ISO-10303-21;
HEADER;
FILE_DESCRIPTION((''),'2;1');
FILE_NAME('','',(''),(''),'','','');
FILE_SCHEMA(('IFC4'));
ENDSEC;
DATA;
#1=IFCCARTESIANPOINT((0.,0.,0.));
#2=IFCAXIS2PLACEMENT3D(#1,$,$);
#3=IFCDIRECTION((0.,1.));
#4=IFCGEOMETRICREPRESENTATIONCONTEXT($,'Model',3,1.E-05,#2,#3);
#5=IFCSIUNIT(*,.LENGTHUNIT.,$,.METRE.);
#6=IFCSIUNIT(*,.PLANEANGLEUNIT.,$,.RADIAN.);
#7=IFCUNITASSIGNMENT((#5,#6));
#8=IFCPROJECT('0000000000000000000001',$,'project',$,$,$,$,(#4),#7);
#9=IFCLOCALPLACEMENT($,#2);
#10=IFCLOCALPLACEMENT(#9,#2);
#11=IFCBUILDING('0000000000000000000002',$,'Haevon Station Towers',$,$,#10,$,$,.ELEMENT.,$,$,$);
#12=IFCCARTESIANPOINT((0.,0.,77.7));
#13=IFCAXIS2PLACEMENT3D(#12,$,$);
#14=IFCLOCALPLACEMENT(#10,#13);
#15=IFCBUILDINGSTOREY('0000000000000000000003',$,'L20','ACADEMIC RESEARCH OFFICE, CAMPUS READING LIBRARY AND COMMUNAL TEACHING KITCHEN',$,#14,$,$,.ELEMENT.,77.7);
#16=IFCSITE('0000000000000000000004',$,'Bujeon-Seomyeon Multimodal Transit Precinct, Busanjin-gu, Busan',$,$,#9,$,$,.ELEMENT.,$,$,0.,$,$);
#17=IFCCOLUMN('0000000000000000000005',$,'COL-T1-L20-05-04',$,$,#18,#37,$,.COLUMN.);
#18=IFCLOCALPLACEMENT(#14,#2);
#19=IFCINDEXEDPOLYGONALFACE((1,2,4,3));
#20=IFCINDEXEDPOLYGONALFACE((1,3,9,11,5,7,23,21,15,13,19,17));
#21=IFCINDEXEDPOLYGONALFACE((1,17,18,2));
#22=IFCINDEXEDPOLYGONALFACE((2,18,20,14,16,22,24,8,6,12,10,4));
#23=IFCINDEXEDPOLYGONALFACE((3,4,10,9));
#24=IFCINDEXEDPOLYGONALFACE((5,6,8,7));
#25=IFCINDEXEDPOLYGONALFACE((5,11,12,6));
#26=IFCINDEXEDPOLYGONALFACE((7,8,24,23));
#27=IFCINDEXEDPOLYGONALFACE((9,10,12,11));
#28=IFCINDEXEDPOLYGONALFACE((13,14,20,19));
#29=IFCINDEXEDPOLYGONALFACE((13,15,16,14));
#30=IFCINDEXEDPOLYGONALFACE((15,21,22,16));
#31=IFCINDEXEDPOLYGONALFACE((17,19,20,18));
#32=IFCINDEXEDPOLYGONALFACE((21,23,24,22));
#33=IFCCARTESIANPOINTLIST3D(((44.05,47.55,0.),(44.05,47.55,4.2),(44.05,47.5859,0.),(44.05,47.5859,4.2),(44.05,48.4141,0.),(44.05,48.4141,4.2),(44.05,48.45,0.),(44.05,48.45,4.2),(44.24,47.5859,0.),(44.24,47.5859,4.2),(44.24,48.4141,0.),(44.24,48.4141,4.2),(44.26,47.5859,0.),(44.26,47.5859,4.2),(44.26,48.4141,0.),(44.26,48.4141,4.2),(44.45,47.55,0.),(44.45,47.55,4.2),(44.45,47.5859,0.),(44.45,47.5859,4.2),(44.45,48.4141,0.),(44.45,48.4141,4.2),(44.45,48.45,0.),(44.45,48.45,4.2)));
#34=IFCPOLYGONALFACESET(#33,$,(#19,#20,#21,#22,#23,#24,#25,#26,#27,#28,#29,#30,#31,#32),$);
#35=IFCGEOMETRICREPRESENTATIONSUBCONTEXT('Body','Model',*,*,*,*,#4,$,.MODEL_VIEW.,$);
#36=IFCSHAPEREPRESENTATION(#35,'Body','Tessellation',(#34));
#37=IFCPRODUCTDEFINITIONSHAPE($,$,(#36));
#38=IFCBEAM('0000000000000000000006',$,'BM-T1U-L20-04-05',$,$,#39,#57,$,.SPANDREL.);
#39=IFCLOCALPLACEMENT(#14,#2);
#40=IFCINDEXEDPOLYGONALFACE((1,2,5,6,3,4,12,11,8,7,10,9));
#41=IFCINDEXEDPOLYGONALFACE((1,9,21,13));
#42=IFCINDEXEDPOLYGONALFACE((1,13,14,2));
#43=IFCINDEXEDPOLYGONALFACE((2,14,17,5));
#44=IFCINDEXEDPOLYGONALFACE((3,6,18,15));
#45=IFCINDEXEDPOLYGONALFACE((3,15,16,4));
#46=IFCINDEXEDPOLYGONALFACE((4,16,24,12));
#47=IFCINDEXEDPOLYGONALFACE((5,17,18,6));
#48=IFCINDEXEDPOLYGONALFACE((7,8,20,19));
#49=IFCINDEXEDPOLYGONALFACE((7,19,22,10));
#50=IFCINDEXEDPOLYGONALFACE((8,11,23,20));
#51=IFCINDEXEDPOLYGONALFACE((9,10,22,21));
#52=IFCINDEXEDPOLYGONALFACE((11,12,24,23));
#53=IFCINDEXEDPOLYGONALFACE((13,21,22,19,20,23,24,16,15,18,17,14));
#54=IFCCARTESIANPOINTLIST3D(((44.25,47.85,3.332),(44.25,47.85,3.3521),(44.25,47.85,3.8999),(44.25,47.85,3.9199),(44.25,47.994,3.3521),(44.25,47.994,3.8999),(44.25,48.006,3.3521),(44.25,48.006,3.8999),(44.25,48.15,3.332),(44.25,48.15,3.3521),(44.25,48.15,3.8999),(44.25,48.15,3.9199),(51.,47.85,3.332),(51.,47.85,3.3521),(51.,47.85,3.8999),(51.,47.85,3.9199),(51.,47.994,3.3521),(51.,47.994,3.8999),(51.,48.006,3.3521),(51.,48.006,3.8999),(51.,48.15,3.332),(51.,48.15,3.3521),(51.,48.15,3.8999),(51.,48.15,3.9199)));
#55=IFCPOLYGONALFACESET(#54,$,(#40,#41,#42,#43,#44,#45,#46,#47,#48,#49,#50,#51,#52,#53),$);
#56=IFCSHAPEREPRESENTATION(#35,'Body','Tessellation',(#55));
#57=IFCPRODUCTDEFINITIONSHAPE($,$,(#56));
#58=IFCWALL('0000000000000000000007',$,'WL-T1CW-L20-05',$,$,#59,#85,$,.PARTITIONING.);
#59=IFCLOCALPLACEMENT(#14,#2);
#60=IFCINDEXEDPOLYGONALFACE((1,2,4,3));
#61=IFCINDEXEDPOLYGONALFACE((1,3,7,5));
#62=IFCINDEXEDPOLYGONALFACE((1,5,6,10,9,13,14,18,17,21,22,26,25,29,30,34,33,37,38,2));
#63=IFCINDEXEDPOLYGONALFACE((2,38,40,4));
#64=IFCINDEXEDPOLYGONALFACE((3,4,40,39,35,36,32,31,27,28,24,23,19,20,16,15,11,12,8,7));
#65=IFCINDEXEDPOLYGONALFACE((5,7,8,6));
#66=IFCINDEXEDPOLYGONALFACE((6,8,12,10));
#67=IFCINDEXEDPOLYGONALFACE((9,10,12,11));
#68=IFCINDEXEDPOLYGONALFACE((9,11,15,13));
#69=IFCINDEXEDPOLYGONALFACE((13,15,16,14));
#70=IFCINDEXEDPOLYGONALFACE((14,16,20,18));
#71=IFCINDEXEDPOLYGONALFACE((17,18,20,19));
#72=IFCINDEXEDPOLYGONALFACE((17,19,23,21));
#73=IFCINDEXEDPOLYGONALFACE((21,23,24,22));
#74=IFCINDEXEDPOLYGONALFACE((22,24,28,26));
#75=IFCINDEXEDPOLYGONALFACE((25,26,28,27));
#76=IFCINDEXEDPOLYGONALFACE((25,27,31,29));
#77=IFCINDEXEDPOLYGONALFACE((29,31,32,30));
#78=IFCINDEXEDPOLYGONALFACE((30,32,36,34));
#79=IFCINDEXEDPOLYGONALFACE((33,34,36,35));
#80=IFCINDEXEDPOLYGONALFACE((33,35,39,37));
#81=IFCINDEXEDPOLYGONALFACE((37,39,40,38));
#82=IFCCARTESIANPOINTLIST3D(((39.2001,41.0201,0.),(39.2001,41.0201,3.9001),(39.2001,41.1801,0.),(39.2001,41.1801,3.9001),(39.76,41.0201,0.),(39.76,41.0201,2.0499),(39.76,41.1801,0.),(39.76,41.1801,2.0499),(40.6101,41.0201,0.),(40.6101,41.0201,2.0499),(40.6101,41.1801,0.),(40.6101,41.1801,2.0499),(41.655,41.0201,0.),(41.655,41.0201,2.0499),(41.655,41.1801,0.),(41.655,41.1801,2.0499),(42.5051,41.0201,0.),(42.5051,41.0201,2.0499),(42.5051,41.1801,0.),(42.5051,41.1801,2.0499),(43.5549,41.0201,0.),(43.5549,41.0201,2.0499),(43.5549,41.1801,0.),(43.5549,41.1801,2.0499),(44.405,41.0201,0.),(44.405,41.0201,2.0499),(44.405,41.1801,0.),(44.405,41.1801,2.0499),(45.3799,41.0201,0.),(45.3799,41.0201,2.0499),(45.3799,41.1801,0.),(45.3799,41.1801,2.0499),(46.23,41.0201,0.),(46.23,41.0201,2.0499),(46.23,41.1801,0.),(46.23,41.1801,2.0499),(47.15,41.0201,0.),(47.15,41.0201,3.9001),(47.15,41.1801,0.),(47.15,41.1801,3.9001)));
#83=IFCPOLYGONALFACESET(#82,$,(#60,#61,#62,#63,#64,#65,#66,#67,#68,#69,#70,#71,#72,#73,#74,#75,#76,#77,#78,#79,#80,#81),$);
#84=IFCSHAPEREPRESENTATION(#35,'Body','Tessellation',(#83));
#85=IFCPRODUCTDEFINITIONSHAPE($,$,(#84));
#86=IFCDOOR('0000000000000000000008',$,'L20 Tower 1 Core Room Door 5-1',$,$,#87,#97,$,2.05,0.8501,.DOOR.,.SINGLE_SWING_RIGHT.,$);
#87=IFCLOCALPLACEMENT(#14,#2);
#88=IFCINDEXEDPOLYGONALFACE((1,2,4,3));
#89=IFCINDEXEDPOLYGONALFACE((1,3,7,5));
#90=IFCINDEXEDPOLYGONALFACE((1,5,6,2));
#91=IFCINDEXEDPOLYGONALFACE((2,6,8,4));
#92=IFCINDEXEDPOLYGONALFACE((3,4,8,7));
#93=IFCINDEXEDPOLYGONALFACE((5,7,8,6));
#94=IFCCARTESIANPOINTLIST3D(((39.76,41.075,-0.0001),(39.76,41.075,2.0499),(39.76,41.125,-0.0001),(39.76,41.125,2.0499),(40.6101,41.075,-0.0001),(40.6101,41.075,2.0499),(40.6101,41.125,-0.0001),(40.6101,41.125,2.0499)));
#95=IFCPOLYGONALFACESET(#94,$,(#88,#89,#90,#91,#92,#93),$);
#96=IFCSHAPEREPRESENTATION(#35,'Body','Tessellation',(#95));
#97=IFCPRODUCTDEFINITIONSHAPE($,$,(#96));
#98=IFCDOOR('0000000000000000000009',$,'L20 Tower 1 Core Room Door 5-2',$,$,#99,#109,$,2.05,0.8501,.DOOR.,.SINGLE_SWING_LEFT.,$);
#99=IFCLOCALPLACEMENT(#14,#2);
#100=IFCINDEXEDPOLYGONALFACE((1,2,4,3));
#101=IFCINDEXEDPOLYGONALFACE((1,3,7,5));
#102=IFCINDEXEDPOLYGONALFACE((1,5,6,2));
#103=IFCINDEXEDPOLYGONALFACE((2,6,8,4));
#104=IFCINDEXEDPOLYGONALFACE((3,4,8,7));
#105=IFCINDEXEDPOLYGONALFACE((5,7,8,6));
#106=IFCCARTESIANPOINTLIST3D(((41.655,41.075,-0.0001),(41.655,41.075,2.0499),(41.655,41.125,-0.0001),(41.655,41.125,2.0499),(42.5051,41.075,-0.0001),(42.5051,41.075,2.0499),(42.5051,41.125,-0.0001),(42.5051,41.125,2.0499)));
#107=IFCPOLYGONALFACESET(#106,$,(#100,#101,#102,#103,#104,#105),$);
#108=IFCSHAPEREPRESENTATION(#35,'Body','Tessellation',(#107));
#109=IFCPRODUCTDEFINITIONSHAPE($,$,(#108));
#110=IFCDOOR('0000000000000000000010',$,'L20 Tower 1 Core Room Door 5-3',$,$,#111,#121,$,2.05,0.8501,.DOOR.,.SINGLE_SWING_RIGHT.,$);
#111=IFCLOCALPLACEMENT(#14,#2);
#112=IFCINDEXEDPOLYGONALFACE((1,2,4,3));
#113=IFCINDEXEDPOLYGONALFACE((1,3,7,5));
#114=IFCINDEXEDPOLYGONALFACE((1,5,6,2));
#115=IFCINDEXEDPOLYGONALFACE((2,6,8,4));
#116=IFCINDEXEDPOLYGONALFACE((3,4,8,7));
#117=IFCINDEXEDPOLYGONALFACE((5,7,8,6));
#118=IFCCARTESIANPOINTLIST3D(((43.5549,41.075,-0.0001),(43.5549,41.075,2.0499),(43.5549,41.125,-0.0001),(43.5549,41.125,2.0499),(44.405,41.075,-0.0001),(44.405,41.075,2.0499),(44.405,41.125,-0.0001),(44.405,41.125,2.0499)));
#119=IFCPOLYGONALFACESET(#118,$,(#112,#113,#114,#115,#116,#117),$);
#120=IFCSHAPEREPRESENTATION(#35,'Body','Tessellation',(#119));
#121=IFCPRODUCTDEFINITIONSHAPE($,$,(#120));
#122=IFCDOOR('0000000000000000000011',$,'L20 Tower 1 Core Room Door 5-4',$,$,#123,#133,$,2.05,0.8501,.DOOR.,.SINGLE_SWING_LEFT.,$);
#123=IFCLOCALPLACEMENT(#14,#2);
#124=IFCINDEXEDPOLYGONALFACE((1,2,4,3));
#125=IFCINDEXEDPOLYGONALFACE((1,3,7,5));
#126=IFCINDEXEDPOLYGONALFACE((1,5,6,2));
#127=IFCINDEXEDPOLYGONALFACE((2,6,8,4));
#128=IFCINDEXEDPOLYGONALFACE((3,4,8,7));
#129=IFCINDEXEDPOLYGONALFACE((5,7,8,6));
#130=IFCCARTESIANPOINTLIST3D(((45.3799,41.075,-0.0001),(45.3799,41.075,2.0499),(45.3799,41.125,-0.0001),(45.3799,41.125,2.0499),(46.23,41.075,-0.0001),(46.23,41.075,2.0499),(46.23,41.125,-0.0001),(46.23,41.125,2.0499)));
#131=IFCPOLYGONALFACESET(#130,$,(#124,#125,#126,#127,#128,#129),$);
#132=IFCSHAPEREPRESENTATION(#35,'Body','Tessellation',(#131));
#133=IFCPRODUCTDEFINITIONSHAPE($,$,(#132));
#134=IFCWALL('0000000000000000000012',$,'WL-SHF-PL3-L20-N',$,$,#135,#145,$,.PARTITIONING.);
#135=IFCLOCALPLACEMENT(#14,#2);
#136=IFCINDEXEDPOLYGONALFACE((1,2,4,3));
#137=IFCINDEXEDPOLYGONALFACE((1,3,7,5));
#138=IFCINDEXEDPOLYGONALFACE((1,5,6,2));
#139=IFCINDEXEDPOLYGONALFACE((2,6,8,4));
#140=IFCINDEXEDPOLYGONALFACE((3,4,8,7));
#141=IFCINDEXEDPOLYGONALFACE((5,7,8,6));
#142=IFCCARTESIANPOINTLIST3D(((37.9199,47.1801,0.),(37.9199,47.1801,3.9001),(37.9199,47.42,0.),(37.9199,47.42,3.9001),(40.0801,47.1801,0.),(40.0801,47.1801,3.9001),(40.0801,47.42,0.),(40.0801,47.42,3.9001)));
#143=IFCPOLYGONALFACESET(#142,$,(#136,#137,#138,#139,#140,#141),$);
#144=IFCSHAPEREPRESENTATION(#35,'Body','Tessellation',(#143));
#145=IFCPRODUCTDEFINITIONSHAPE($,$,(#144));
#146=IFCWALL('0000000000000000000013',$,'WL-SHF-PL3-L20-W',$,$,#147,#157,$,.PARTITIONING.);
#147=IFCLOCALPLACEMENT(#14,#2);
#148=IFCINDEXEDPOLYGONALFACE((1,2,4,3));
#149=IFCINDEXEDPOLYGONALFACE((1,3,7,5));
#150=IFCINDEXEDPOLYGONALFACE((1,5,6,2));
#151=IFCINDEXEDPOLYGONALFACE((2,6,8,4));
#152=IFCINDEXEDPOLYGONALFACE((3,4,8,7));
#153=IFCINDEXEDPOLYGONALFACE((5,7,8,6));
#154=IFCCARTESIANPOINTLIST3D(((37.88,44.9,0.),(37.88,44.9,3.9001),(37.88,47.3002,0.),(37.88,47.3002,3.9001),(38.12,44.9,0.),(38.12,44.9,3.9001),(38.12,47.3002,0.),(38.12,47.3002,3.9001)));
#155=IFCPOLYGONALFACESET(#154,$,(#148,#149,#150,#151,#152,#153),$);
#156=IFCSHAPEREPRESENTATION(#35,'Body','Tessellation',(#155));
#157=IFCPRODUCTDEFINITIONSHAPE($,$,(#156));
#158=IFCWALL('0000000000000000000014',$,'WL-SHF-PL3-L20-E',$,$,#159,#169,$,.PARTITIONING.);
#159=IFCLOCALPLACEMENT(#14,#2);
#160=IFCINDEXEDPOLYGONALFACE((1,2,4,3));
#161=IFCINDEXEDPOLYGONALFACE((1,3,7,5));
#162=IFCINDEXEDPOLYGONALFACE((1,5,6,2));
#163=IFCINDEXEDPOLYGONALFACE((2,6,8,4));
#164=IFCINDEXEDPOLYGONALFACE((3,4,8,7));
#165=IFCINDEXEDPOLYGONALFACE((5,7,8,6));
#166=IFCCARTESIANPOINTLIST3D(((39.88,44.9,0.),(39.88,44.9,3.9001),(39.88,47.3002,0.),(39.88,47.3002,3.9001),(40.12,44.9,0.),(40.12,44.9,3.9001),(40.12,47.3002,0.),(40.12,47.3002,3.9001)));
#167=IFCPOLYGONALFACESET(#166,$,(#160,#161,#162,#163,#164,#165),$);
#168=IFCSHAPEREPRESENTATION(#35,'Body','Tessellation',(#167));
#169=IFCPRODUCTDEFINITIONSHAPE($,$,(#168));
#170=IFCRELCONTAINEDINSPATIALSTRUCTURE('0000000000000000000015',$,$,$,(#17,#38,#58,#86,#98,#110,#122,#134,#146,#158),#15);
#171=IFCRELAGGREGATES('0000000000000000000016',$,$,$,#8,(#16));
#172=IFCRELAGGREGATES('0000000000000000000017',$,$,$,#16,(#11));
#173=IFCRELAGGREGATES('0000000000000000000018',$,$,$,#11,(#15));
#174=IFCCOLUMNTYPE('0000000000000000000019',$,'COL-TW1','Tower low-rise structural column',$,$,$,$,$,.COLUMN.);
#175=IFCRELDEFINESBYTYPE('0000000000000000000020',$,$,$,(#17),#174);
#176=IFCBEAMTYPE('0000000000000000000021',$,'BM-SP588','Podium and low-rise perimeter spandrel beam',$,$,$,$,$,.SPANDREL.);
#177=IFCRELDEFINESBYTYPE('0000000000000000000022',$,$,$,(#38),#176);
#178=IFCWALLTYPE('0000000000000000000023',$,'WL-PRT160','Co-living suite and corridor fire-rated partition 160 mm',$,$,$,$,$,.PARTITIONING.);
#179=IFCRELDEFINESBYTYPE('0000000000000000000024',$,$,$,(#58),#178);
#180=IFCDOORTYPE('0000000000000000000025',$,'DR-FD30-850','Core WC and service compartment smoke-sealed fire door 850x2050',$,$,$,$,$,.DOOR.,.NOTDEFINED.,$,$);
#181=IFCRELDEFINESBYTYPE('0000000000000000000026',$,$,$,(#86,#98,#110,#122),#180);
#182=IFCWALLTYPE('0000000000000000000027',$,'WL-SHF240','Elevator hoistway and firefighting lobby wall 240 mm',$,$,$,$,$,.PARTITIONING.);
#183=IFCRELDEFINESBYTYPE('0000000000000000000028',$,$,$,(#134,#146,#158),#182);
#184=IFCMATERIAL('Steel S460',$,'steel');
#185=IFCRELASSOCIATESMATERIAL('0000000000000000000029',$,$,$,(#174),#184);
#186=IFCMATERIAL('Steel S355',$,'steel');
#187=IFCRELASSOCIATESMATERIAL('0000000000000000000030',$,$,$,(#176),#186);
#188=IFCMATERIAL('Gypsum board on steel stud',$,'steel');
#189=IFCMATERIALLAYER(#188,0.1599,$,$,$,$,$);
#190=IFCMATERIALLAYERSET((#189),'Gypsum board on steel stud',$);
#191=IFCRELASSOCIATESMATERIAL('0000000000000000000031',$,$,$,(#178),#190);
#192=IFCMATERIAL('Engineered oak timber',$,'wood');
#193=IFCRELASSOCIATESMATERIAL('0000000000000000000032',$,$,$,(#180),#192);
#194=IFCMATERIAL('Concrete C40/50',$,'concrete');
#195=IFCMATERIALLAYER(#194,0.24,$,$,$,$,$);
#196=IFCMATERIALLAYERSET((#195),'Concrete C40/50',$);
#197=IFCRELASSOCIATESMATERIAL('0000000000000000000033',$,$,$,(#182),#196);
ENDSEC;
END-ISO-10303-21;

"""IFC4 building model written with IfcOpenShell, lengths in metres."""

from ifc_helpers import new_model, si_unit, direction, frame, frame_2d, origin, origin_2d, place, context, subcontext, project, spatial, rectangle, i_section, extrude, material, layer, layer_set, material_profile, profile_set, type_object, element, fill, save


model = new_model("IFC4")

# Units and contexts
model_context = context("Model", 3, precision=1e-05, world=origin(), true_north=direction((0.0, 1.0)))
body_context = subcontext(model_context, "Body", "Model", "MODEL_VIEW")
ifc_project = project(units=[si_unit("LENGTHUNIT", "METRE"), si_unit("PLANEANGLEUNIT", "RADIAN")], contexts=[model_context])

# Site, building, storey
site_placement = place(None, origin())
site = spatial("IfcSite", under=ifc_project, at=site_placement, Name="Bujeon-Seomyeon Multimodal Transit Precinct, Busanjin-gu, Busan", CompositionType="ELEMENT", RefElevation=0.0)
building_placement = place(site_placement, origin())
building = spatial("IfcBuilding", under=site, at=building_placement, Name="Haevon Station Towers", CompositionType="ELEMENT")
storey_placement = place(building_placement, frame((0.0, 0.0, 77.7)))
storey = spatial("IfcBuildingStorey", under=building, at=storey_placement, Name="L20", Description="ACADEMIC RESEARCH OFFICE, CAMPUS READING LIBRARY AND COMMUNAL TEACHING KITCHEN", CompositionType="ELEMENT", Elevation=77.7)

# Column
ifc_material_1 = material(Name="Steel S460", Category="steel")
ifc_material_profile_1 = material_profile(ifc_material_1, i_section(OverallWidth=0.3999, OverallDepth=0.8999, WebThickness=0.02, FlangeThickness=0.0359, at=origin_2d()), Name="H-900x400x20x36")
ifc_profile_set_1 = profile_set([ifc_material_profile_1], Name="Steel S460")
column_type = type_object("IfcColumnType", Name="COL-TW1", Description="Tower low-rise structural column", PredefinedType="COLUMN", material=ifc_profile_set_1)
column_placement = place(storey_placement, frame((44.25, 48.0, 0.0), z_axis=(0.0, 0.0, 1.0), x_axis=(1.0, 0.0, 0.0)))
element("IfcColumn", 1, at=column_placement, inside=storey, type_object=column_type, Name="COL-T1-L20-05-04", PredefinedType="COLUMN", context=body_context, shape_type="SweptSolid", body=[
    extrude(i_section(OverallWidth=0.3999, OverallDepth=0.8999, WebThickness=0.02, FlangeThickness=0.0359, at=origin_2d()), origin(), (0.0, 0.0, 1.0), 4.2),
])

# Beam
ifc_material_2 = material(Name="Steel S355", Category="steel")
ifc_material_profile_2 = material_profile(ifc_material_2, i_section(OverallWidth=0.3, OverallDepth=0.5879, WebThickness=0.012, FlangeThickness=0.02, at=origin_2d()), Name="H-588x300x12x20")
ifc_profile_set_2 = profile_set([ifc_material_profile_2], Name="Steel S355")
beam_type = type_object("IfcBeamType", Name="BM-SP588", Description="Podium and low-rise perimeter spandrel beam", PredefinedType="SPANDREL", material=ifc_profile_set_2)
beam_placement = place(storey_placement, frame((44.25, 48.0, 3.626), z_axis=(1.0, 0.0, 0.0), x_axis=(0.0, 1.0, 0.0)))
element("IfcBeam", 2, at=beam_placement, inside=storey, type_object=beam_type, Name="BM-T1U-L20-04-05", PredefinedType="SPANDREL", context=body_context, shape_type="SweptSolid", body=[
    extrude(i_section(OverallWidth=0.3, OverallDepth=0.5879, WebThickness=0.012, FlangeThickness=0.02, at=origin_2d()), origin(), (0.0, 0.0, 1.0), 6.75),
])

# Wall, openings, doors
ifc_material_3 = material(Name="Gypsum board on steel stud", Category="steel")
ifc_layer_1 = layer(ifc_material_3, 0.1599)
ifc_layer_set_1 = layer_set([ifc_layer_1], Name="Gypsum board on steel stud")
wall_type_1 = type_object("IfcWallType", Name="WL-PRT160", Description="Co-living suite and corridor fire-rated partition 160 mm", PredefinedType="PARTITIONING", material=ifc_layer_set_1)
wall_1_placement = place(storey_placement, frame((39.2, 41.1001, 0.0), z_axis=(0.0, 0.0, 1.0), x_axis=(1.0, 0.0, 0.0)))
wall_1 = element("IfcWall", 3, at=wall_1_placement, inside=storey, type_object=wall_type_1, Name="WL-T1CW-L20-05", PredefinedType="PARTITIONING", context=body_context, shape_type="SweptSolid", body=[
    extrude(rectangle(XDim=7.95, YDim=0.1599, at=frame_2d((3.9751, 0.0))), origin(), (0.0, 0.0, 1.0), 3.9001),
])
opening_1_placement = place(wall_1_placement, frame((0.5601, 0.0, 0.0)))
opening_1 = element("IfcOpeningElement", 4, at=opening_1_placement, cuts=wall_1, PredefinedType="OPENING", context=body_context, shape_type="SweptSolid", body=[
    extrude(rectangle(XDim=0.8501, YDim=2.05, at=frame_2d((0.425, 1.0249))), frame((0.0, 0.0898, 0.0), z_axis=(0.0, -1.0, 0.0), x_axis=(1.0, 0.0, 0.0)), (0.0, 0.0, 1.0), 0.1799),
])
opening_2_placement = place(wall_1_placement, frame((2.4551, 0.0, 0.0)))
opening_2 = element("IfcOpeningElement", 5, at=opening_2_placement, cuts=wall_1, PredefinedType="OPENING", context=body_context, shape_type="SweptSolid", body=[
    extrude(rectangle(XDim=0.8501, YDim=2.05, at=frame_2d((0.425, 1.0249))), frame((0.0, 0.0898, 0.0), z_axis=(0.0, -1.0, 0.0), x_axis=(1.0, 0.0, 0.0)), (0.0, 0.0, 1.0), 0.1799),
])
opening_3_placement = place(wall_1_placement, frame((4.355, 0.0, 0.0)))
opening_3 = element("IfcOpeningElement", 6, at=opening_3_placement, cuts=wall_1, PredefinedType="OPENING", context=body_context, shape_type="SweptSolid", body=[
    extrude(rectangle(XDim=0.8501, YDim=2.05, at=frame_2d((0.425, 1.0249))), frame((0.0, 0.0898, 0.0), z_axis=(0.0, -1.0, 0.0), x_axis=(1.0, 0.0, 0.0)), (0.0, 0.0, 1.0), 0.1799),
])
opening_4_placement = place(wall_1_placement, frame((6.1799, 0.0, 0.0)))
opening_4 = element("IfcOpeningElement", 7, at=opening_4_placement, cuts=wall_1, PredefinedType="OPENING", context=body_context, shape_type="SweptSolid", body=[
    extrude(rectangle(XDim=0.8501, YDim=2.05, at=frame_2d((0.425, 1.0249))), frame((0.0, 0.0898, 0.0), z_axis=(0.0, -1.0, 0.0), x_axis=(1.0, 0.0, 0.0)), (0.0, 0.0, 1.0), 0.1799),
])
ifc_material_4 = material(Name="Engineered oak timber", Category="wood")
door_type_1 = type_object("IfcDoorType", Name="DR-FD30-850", Description="Core WC and service compartment smoke-sealed fire door 850x2050", OperationType="NOTDEFINED", PredefinedType="DOOR", material=ifc_material_4)
door_1_placement = place(opening_1_placement, origin())
door_1 = element("IfcDoor", 8, at=door_1_placement, inside=storey, type_object=door_type_1, Name="L20 Tower 1 Core Room Door 5-1", OperationType="SINGLE_SWING_RIGHT", OverallHeight=2.05, OverallWidth=0.8501, PredefinedType="DOOR", context=body_context, shape_type="SweptSolid", body=[
    extrude(rectangle(XDim=0.8501, YDim=2.05, at=frame_2d((0.425, 1.0249))), frame((0.0, 0.0249, 0.0), z_axis=(0.0, -1.0, 0.0), x_axis=(1.0, 0.0, 0.0)), (0.0, 0.0, 1.0), 0.05),
])
fill(opening_1, door_1)
door_2_placement = place(opening_2_placement, origin())
door_2 = element("IfcDoor", 9, at=door_2_placement, inside=storey, type_object=door_type_1, Name="L20 Tower 1 Core Room Door 5-2", OperationType="SINGLE_SWING_LEFT", OverallHeight=2.05, OverallWidth=0.8501, PredefinedType="DOOR", context=body_context, shape_type="SweptSolid", body=[
    extrude(rectangle(XDim=0.8501, YDim=2.05, at=frame_2d((0.425, 1.0249))), frame((0.0, 0.0249, 0.0), z_axis=(0.0, -1.0, 0.0), x_axis=(1.0, 0.0, 0.0)), (0.0, 0.0, 1.0), 0.05),
])
fill(opening_2, door_2)
door_3_placement = place(opening_3_placement, origin())
door_3 = element("IfcDoor", 10, at=door_3_placement, inside=storey, type_object=door_type_1, Name="L20 Tower 1 Core Room Door 5-3", OperationType="SINGLE_SWING_RIGHT", OverallHeight=2.05, OverallWidth=0.8501, PredefinedType="DOOR", context=body_context, shape_type="SweptSolid", body=[
    extrude(rectangle(XDim=0.8501, YDim=2.05, at=frame_2d((0.425, 1.0249))), frame((0.0, 0.0249, 0.0), z_axis=(0.0, -1.0, 0.0), x_axis=(1.0, 0.0, 0.0)), (0.0, 0.0, 1.0), 0.05),
])
fill(opening_3, door_3)
door_4_placement = place(opening_4_placement, origin())
door_4 = element("IfcDoor", 11, at=door_4_placement, inside=storey, type_object=door_type_1, Name="L20 Tower 1 Core Room Door 5-4", OperationType="SINGLE_SWING_LEFT", OverallHeight=2.05, OverallWidth=0.8501, PredefinedType="DOOR", context=body_context, shape_type="SweptSolid", body=[
    extrude(rectangle(XDim=0.8501, YDim=2.05, at=frame_2d((0.425, 1.0249))), frame((0.0, 0.0249, 0.0), z_axis=(0.0, -1.0, 0.0), x_axis=(1.0, 0.0, 0.0)), (0.0, 0.0, 1.0), 0.05),
])
fill(opening_4, door_4)

# Shared definitions
ifc_material_5 = material(Name="Concrete C40/50", Category="concrete")
ifc_layer_2 = layer(ifc_material_5, 0.24)
ifc_layer_set_2 = layer_set([ifc_layer_2], Name="Concrete C40/50")
wall_type_2 = type_object("IfcWallType", Name="WL-SHF240", Description="Elevator hoistway and firefighting lobby wall 240 mm", PredefinedType="PARTITIONING", material=ifc_layer_set_2)

# Walls
wall_2_placement = place(storey_placement, frame((37.9199, 47.3, 0.0), z_axis=(0.0, 0.0, 1.0), x_axis=(1.0, 0.0, 0.0)))
element("IfcWall", 12, at=wall_2_placement, inside=storey, type_object=wall_type_2, Name="WL-SHF-PL3-L20-N", PredefinedType="PARTITIONING", context=body_context, shape_type="SweptSolid", body=[
    extrude(rectangle(XDim=2.1602, YDim=0.24, at=frame_2d((1.0801, 0.0))), origin(), (0.0, 0.0, 1.0), 3.9001),
])
for number, where, z_axis, x_axis, name in (
    (13, (38.0, 44.8999, 0.0), (0.0, 0.0, 1.0), (0.0, 1.0, 0.0), "WL-SHF-PL3-L20-W"),
    (14, (40.0, 44.8999, 0.0), (0.0, 0.0, 1.0), (0.0, 1.0, 0.0), "WL-SHF-PL3-L20-E"),
):
    element("IfcWall", number, at=place(storey_placement, frame(where, z_axis=z_axis, x_axis=x_axis)), inside=storey, type_object=wall_type_2, Name=name, PredefinedType="PARTITIONING", context=body_context, shape_type="SweptSolid", body=[
        extrude(rectangle(XDim=2.4001, YDim=0.24, at=frame_2d((1.2002, 0.0))), origin(), (0.0, 0.0, 1.0), 3.9001),
    ])

save(model, "model.ifc")
